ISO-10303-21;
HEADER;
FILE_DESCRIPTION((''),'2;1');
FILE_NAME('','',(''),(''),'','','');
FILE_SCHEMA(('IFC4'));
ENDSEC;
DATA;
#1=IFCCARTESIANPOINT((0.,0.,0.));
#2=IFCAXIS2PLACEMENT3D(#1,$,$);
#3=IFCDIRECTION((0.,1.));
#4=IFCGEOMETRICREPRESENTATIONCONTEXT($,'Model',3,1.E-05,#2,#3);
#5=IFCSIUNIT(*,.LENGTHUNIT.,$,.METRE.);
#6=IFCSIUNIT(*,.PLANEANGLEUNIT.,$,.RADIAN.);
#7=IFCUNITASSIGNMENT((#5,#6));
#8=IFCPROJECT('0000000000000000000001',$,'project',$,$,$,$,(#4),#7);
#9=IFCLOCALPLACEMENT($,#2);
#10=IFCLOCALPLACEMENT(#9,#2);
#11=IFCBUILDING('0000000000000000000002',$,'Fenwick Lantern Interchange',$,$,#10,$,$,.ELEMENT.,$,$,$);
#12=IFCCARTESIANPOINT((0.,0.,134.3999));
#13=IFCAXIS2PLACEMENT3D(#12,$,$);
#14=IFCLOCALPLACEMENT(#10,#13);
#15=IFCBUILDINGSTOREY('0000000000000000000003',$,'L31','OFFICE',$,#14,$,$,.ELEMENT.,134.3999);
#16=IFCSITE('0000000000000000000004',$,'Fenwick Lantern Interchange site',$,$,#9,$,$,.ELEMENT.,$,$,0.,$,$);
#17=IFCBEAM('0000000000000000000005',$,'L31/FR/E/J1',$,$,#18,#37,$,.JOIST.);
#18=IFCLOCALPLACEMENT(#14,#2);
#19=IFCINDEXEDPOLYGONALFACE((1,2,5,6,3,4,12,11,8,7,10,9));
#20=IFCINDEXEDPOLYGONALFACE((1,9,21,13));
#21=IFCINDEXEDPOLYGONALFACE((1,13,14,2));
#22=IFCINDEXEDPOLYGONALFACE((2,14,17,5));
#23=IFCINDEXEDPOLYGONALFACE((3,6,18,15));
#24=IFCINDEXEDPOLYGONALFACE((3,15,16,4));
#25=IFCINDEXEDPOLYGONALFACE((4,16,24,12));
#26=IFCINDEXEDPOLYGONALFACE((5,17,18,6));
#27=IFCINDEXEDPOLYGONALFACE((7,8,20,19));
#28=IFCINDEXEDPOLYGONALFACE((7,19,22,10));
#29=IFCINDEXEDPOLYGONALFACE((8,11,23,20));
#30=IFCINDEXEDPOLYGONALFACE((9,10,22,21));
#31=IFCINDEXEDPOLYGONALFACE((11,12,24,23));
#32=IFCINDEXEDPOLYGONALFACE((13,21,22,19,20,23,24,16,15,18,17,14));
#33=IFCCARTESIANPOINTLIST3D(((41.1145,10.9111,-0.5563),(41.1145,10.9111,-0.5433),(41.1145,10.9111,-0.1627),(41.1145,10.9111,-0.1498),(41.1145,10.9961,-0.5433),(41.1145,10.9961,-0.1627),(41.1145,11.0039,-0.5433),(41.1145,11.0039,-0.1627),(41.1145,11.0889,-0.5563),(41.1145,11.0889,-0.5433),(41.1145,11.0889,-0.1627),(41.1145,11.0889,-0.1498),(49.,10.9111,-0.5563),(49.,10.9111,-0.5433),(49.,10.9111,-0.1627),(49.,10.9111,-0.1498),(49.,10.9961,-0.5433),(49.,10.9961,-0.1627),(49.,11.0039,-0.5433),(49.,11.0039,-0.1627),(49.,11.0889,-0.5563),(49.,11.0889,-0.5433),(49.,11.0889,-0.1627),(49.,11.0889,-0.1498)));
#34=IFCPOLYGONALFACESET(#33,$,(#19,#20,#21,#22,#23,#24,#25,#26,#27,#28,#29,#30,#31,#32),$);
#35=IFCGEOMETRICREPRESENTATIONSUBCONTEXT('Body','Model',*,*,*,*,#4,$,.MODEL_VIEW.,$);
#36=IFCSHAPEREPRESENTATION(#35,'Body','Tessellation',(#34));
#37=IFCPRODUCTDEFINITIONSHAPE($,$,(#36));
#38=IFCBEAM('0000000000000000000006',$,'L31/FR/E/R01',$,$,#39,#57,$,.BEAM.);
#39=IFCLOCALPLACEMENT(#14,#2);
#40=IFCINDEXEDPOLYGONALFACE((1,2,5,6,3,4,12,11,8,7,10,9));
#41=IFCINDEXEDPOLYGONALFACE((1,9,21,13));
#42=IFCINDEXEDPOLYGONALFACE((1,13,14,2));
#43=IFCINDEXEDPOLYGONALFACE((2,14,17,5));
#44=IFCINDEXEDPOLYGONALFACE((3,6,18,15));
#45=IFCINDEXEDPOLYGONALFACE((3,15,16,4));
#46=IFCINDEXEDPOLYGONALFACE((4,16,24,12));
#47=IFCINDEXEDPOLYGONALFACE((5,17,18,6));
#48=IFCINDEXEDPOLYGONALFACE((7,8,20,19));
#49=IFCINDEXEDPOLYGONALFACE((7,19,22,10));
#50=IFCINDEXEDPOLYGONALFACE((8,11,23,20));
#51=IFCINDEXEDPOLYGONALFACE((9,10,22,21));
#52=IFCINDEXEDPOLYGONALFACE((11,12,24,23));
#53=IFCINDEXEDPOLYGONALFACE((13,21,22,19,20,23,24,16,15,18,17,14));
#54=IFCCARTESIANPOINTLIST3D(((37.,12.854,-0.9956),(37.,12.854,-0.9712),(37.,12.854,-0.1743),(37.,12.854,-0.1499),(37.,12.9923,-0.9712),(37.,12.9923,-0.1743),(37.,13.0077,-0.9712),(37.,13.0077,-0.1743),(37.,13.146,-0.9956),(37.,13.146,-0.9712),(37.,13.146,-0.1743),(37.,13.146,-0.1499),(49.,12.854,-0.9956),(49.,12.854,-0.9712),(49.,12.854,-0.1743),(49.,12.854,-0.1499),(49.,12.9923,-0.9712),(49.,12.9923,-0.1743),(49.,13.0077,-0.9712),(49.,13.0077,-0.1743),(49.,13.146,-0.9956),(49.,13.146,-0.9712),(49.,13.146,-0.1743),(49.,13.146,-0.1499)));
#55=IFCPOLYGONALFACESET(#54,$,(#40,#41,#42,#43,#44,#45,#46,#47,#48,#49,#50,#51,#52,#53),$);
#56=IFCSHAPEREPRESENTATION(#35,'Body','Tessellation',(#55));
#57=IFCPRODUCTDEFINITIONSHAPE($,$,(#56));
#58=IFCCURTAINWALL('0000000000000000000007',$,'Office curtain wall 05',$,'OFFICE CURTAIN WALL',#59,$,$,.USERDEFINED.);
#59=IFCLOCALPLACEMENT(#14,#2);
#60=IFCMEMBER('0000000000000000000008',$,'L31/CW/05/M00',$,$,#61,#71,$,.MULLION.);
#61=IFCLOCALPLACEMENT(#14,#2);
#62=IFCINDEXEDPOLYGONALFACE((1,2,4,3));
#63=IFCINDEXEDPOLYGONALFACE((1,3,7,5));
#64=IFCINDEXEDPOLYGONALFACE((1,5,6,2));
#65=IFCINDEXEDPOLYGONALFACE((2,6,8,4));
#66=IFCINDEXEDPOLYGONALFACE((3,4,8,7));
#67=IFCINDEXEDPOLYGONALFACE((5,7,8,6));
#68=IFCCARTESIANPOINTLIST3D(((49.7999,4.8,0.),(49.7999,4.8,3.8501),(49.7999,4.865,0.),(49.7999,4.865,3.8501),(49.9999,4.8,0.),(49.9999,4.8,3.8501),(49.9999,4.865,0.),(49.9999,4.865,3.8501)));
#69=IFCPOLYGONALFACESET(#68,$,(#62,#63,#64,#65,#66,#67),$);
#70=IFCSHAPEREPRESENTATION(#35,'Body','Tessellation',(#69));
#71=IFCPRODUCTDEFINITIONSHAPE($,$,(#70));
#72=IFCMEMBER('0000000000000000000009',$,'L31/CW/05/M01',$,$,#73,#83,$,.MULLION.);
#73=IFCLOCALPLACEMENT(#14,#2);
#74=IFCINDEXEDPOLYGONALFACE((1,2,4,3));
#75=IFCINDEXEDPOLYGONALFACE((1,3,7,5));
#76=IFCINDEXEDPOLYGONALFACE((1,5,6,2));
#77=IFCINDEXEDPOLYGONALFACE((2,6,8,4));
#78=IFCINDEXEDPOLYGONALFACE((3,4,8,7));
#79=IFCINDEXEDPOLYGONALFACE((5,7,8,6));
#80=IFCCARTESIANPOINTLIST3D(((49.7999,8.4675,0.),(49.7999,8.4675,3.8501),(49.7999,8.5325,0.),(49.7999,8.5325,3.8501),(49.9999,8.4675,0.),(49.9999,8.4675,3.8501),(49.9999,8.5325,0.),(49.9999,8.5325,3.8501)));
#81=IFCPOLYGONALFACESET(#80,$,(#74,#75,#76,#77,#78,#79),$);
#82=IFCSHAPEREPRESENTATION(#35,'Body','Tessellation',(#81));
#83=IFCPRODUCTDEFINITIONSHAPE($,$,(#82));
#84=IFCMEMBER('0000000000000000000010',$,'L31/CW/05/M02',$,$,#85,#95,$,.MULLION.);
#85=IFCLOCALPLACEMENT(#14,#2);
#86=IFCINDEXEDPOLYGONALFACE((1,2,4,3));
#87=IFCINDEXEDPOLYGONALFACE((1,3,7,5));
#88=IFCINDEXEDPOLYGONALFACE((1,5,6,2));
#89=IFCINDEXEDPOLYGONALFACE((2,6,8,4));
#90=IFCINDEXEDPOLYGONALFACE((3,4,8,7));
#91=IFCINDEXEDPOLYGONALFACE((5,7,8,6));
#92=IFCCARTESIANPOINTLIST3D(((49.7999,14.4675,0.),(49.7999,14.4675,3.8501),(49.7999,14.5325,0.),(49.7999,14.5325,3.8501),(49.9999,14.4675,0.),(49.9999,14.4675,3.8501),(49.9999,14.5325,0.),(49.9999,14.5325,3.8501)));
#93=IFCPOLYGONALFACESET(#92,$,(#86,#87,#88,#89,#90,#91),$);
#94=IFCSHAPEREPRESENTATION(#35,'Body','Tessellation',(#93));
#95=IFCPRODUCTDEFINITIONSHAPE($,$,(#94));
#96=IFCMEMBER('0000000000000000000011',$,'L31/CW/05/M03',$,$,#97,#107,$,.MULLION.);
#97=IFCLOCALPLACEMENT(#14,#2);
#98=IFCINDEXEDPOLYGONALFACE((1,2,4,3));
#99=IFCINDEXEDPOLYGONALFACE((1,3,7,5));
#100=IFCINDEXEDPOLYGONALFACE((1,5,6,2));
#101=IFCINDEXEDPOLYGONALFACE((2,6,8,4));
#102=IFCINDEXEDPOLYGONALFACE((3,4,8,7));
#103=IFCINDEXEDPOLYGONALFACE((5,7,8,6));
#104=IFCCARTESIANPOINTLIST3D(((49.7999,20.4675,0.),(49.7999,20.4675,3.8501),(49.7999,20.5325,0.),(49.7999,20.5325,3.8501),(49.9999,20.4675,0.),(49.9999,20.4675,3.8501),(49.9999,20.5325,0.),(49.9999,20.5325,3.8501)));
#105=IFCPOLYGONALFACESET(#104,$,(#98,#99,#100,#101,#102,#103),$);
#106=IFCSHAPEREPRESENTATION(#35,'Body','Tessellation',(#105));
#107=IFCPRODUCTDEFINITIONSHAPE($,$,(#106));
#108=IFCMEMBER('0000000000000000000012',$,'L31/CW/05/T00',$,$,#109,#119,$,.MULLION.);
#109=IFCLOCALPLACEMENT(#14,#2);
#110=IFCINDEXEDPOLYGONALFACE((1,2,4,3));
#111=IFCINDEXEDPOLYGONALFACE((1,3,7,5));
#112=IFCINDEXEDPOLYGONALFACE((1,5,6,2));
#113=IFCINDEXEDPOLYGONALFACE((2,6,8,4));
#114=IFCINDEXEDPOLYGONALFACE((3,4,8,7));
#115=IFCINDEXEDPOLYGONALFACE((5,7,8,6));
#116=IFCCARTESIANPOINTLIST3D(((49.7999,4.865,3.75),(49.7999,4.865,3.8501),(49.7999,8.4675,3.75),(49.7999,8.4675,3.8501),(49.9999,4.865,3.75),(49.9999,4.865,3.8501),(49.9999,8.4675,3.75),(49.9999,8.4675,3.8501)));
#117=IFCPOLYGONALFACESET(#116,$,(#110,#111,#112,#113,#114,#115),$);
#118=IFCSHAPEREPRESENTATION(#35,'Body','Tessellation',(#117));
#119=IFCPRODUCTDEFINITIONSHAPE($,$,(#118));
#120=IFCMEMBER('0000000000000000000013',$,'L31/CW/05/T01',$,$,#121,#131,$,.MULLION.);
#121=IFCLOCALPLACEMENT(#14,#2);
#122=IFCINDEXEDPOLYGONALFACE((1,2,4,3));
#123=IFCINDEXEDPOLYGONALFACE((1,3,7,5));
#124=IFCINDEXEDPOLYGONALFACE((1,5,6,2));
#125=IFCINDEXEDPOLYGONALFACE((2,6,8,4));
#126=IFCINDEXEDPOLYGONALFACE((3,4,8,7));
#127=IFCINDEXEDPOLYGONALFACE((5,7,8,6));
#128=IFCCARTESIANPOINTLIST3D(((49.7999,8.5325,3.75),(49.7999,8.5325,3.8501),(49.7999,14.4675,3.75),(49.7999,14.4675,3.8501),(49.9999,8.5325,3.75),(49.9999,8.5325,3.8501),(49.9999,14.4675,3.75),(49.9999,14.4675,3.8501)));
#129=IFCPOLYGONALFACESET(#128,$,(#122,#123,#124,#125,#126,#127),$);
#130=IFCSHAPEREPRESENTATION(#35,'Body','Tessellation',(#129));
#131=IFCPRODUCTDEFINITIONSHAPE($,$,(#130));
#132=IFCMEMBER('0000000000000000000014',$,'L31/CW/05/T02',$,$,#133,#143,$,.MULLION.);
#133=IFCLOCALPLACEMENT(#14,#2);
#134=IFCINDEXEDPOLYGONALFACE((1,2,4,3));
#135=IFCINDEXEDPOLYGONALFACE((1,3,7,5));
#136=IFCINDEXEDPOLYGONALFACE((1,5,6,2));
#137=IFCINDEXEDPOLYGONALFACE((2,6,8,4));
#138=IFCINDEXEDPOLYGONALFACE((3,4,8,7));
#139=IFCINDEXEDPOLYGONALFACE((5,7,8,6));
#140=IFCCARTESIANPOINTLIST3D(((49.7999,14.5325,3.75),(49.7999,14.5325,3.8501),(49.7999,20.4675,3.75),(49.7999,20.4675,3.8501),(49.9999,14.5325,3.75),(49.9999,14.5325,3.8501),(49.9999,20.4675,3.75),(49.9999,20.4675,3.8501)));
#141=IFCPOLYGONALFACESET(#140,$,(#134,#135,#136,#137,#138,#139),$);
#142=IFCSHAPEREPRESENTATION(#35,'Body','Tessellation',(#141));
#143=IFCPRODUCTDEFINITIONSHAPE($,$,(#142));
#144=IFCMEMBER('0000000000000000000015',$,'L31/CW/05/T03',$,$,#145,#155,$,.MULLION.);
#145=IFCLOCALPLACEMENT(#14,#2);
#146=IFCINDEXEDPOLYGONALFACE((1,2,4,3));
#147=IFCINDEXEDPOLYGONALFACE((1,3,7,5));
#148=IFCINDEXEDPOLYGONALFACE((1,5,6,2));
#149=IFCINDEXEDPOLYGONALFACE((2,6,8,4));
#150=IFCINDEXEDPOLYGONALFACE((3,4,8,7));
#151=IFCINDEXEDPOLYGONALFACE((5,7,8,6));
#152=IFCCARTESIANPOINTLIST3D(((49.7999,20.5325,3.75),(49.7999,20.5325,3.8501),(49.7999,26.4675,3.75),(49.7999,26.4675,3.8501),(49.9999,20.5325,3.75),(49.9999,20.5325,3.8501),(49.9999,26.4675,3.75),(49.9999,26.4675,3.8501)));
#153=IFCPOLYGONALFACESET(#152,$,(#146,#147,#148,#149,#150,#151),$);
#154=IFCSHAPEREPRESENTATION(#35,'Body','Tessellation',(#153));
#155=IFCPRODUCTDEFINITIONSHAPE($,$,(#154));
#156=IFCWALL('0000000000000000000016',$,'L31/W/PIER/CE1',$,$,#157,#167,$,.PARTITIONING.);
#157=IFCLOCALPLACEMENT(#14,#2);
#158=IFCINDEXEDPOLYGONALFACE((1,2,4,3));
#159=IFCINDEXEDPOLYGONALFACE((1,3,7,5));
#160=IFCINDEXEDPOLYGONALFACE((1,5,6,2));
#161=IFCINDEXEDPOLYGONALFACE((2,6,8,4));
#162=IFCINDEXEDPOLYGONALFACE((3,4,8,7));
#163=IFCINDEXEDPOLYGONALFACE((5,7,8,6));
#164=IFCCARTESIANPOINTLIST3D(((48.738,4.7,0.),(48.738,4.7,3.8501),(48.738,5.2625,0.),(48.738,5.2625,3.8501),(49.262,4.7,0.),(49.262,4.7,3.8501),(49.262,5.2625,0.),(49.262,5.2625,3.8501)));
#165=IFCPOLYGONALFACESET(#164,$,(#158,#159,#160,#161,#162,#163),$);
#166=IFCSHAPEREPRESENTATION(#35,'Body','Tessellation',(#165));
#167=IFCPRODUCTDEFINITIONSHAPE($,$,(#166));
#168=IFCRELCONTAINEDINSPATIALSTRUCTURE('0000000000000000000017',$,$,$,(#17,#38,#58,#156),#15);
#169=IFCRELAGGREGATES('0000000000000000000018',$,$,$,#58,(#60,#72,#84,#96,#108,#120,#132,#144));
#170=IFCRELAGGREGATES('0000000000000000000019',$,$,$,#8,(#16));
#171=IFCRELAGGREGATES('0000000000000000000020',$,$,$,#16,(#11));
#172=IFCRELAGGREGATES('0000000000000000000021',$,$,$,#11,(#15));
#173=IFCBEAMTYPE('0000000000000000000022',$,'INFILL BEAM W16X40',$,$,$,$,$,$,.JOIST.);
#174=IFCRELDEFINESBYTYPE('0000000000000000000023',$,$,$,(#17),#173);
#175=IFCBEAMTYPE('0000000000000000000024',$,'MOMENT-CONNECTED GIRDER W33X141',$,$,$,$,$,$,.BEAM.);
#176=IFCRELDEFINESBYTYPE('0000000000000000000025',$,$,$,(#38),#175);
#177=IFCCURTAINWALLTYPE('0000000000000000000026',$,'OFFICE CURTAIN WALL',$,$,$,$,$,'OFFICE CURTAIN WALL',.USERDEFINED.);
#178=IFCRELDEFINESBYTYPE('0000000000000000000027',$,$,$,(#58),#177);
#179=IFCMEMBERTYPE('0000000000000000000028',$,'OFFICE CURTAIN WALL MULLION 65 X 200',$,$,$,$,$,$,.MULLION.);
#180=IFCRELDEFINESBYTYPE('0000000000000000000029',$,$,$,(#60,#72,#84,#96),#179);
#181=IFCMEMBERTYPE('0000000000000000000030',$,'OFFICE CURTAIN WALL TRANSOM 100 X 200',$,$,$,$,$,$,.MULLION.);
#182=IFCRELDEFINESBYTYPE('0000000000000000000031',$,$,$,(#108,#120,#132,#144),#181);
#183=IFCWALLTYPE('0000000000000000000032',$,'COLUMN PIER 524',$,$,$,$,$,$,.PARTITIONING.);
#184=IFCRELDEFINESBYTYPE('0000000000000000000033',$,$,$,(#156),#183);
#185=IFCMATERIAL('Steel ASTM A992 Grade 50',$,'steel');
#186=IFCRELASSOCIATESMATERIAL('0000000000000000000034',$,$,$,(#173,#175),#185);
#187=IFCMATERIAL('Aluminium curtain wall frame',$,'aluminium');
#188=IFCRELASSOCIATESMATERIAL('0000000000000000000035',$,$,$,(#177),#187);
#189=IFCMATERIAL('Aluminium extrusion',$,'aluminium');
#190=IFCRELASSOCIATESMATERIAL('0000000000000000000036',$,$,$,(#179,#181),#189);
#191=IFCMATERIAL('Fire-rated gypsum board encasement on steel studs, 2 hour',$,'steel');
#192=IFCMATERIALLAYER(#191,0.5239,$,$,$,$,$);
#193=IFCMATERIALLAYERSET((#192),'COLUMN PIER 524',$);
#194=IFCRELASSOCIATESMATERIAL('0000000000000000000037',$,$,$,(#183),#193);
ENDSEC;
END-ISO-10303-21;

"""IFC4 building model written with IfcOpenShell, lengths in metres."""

from ifc_helpers import new_model, si_unit, direction, frame, frame_2d, origin, origin_2d, place, context, subcontext, project, spatial, rectangle, i_section, extrude, material, layer, layer_set, material_profile, profile_set, type_object, element, aggregate, save


model = new_model("IFC4")

# Units and contexts
model_context = context("Model", 3, precision=1e-05, world=origin(), true_north=direction((0.0, 1.0)))
body_context = subcontext(model_context, "Body", "Model", "MODEL_VIEW")
ifc_project = project(units=[si_unit("LENGTHUNIT", "METRE"), si_unit("PLANEANGLEUNIT", "RADIAN")], contexts=[model_context])

# Site, building, storey
site_placement = place(None, origin())
site = spatial("IfcSite", under=ifc_project, at=site_placement, Name="Fenwick Lantern Interchange site", CompositionType="ELEMENT", RefElevation=0.0)
building_placement = place(site_placement, origin())
building = spatial("IfcBuilding", under=site, at=building_placement, Name="Fenwick Lantern Interchange", CompositionType="ELEMENT")
storey_placement = place(building_placement, frame((0.0, 0.0, 134.3999)))
storey = spatial("IfcBuildingStorey", under=building, at=storey_placement, Name="L31", Description="OFFICE", CompositionType="ELEMENT", Elevation=134.3999)

# Shared definitions
ifc_material_1 = material(Name="Steel ASTM A992 Grade 50", Category="steel")

# Beams
ifc_material_profile_1 = material_profile(ifc_material_1, i_section(OverallWidth=0.1777, OverallDepth=0.4065, WebThickness=0.0078, FlangeThickness=0.0129, at=origin_2d()), Name="W16X40")
ifc_profile_set_1 = profile_set([ifc_material_profile_1], Name="Steel ASTM A992 Grade 50")
beam_type_1 = type_object("IfcBeamType", Name="INFILL BEAM W16X40", PredefinedType="JOIST", material=ifc_profile_set_1)
beam_1_placement = place(storey_placement, frame((49.0, 11.0, -0.353), z_axis=(-1.0, 0.0, 0.0), x_axis=(0.0, -1.0, 0.0)))
element("IfcBeam", 1, at=beam_1_placement, inside=storey, type_object=beam_type_1, Name="L31/FR/E/J1", PredefinedType="JOIST", context=body_context, shape_type="SweptSolid", body=[
    extrude(i_section(OverallWidth=0.1777, OverallDepth=0.4065, WebThickness=0.0078, FlangeThickness=0.0129, at=origin_2d()), origin(), (0.0, 0.0, 1.0), 7.8855),
])
ifc_material_profile_2 = material_profile(ifc_material_1, i_section(OverallWidth=0.292, OverallDepth=0.8457, WebThickness=0.0154, FlangeThickness=0.0244, at=origin_2d()), Name="W33X141")
ifc_profile_set_2 = profile_set([ifc_material_profile_2], Name="Steel ASTM A992 Grade 50")
beam_type_2 = type_object("IfcBeamType", Name="MOMENT-CONNECTED GIRDER W33X141", PredefinedType="BEAM", material=ifc_profile_set_2)
beam_2_placement = place(storey_placement, frame((49.0, 13.0, -0.5728), z_axis=(-1.0, 0.0, 0.0), x_axis=(0.0, -1.0, 0.0)))
element("IfcBeam", 2, at=beam_2_placement, inside=storey, type_object=beam_type_2, Name="L31/FR/E/R01", PredefinedType="BEAM", context=body_context, shape_type="SweptSolid", body=[
    extrude(i_section(OverallWidth=0.292, OverallDepth=0.8457, WebThickness=0.0154, FlangeThickness=0.0244, at=origin_2d()), origin(), (0.0, 0.0, 1.0), 12.0),
])

# Curtain wall, members
ifc_material_2 = material(Name="Aluminium curtain wall frame", Category="aluminium")
curtain_wall_type = type_object("IfcCurtainWallType", Name="OFFICE CURTAIN WALL", ElementType="OFFICE CURTAIN WALL", PredefinedType="USERDEFINED", material=ifc_material_2)
curtain_wall_placement = place(storey_placement, origin())
curtain_wall = element("IfcCurtainWall", 3, at=curtain_wall_placement, inside=storey, type_object=curtain_wall_type, Name="Office curtain wall 05", ObjectType="OFFICE CURTAIN WALL", PredefinedType="USERDEFINED")
ifc_material_3 = material(Name="Aluminium extrusion", Category="aluminium")
ifc_material_profile_3 = material_profile(ifc_material_3, rectangle(XDim=0.2, YDim=0.0649, at=origin_2d()), Name="OFFICE CURTAIN WALL MULLION 65 X 200")
ifc_profile_set_3 = profile_set([ifc_material_profile_3], Name="Aluminium extrusion")
member_type_1 = type_object("IfcMemberType", Name="OFFICE CURTAIN WALL MULLION 65 X 200", PredefinedType="MULLION", material=ifc_profile_set_3)
member_1_placement = place(storey_placement, frame((49.8999, 4.8325, 0.0), z_axis=(0.0, 0.0, 1.0), x_axis=(-1.0, 0.0, 0.0)))
member_1 = element("IfcMember", 4, at=member_1_placement, type_object=member_type_1, Name="L31/CW/05/M00", PredefinedType="MULLION", context=body_context, shape_type="SweptSolid", body=[
    extrude(rectangle(XDim=0.2, YDim=0.0649, at=origin_2d()), origin(), (0.0, 0.0, 1.0), 3.8501),
])
member_2_placement = place(storey_placement, frame((49.8999, 8.5, 0.0), z_axis=(0.0, 0.0, 1.0), x_axis=(-1.0, 0.0, 0.0)))
member_2 = element("IfcMember", 5, at=member_2_placement, type_object=member_type_1, Name="L31/CW/05/M01", PredefinedType="MULLION", context=body_context, shape_type="SweptSolid", body=[
    extrude(rectangle(XDim=0.2, YDim=0.0649, at=origin_2d()), origin(), (0.0, 0.0, 1.0), 3.8501),
])
member_3_placement = place(storey_placement, frame((49.8999, 14.5, 0.0), z_axis=(0.0, 0.0, 1.0), x_axis=(-1.0, 0.0, 0.0)))
member_3 = element("IfcMember", 6, at=member_3_placement, type_object=member_type_1, Name="L31/CW/05/M02", PredefinedType="MULLION", context=body_context, shape_type="SweptSolid", body=[
    extrude(rectangle(XDim=0.2, YDim=0.0649, at=origin_2d()), origin(), (0.0, 0.0, 1.0), 3.8501),
])
member_4_placement = place(storey_placement, frame((49.8999, 20.5, 0.0), z_axis=(0.0, 0.0, 1.0), x_axis=(-1.0, 0.0, 0.0)))
member_4 = element("IfcMember", 7, at=member_4_placement, type_object=member_type_1, Name="L31/CW/05/M03", PredefinedType="MULLION", context=body_context, shape_type="SweptSolid", body=[
    extrude(rectangle(XDim=0.2, YDim=0.0649, at=origin_2d()), origin(), (0.0, 0.0, 1.0), 3.8501),
])
ifc_material_profile_4 = material_profile(ifc_material_3, rectangle(XDim=0.2, YDim=0.1001, at=origin_2d()), Name="OFFICE CURTAIN WALL TRANSOM 100 X 200")
ifc_profile_set_4 = profile_set([ifc_material_profile_4], Name="Aluminium extrusion")
member_type_2 = type_object("IfcMemberType", Name="OFFICE CURTAIN WALL TRANSOM 100 X 200", PredefinedType="MULLION", material=ifc_profile_set_4)
member_5_placement = place(storey_placement, frame((49.8999, 4.865, 3.8), z_axis=(0.0, 1.0, 0.0), x_axis=(-1.0, 0.0, 0.0)))
member_5 = element("IfcMember", 8, at=member_5_placement, type_object=member_type_2, Name="L31/CW/05/T00", PredefinedType="MULLION", context=body_context, shape_type="SweptSolid", body=[
    extrude(rectangle(XDim=0.2, YDim=0.1001, at=origin_2d()), origin(), (0.0, 0.0, 1.0), 3.6025),
])
member_6_placement = place(storey_placement, frame((49.8999, 8.5325, 3.8), z_axis=(0.0, 1.0, 0.0), x_axis=(-1.0, 0.0, 0.0)))
member_6 = element("IfcMember", 9, at=member_6_placement, type_object=member_type_2, Name="L31/CW/05/T01", PredefinedType="MULLION", context=body_context, shape_type="SweptSolid", body=[
    extrude(rectangle(XDim=0.2, YDim=0.1001, at=origin_2d()), origin(), (0.0, 0.0, 1.0), 5.9351),
])
member_7_placement = place(storey_placement, frame((49.8999, 14.5325, 3.8), z_axis=(0.0, 1.0, 0.0), x_axis=(-1.0, 0.0, 0.0)))
member_7 = element("IfcMember", 10, at=member_7_placement, type_object=member_type_2, Name="L31/CW/05/T02", PredefinedType="MULLION", context=body_context, shape_type="SweptSolid", body=[
    extrude(rectangle(XDim=0.2, YDim=0.1001, at=origin_2d()), origin(), (0.0, 0.0, 1.0), 5.9351),
])
member_8_placement = place(storey_placement, frame((49.8999, 20.5325, 3.8), z_axis=(0.0, 1.0, 0.0), x_axis=(-1.0, 0.0, 0.0)))
member_8 = element("IfcMember", 11, at=member_8_placement, type_object=member_type_2, Name="L31/CW/05/T03", PredefinedType="MULLION", context=body_context, shape_type="SweptSolid", body=[
    extrude(rectangle(XDim=0.2, YDim=0.1001, at=origin_2d()), origin(), (0.0, 0.0, 1.0), 5.9351),
])
aggregate(curtain_wall, [member_1, member_2, member_3, member_4, member_5, member_6, member_7, member_8])

# Wall
ifc_material_4 = material(Name="Fire-rated gypsum board encasement on steel studs, 2 hour", Category="steel")
ifc_layer_1 = layer(ifc_material_4, 0.5239)
ifc_layer_set_1 = layer_set([ifc_layer_1], Name="COLUMN PIER 524")
wall_type_1 = type_object("IfcWallType", Name="COLUMN PIER 524", PredefinedType="PARTITIONING", material=ifc_layer_set_1)
wall_1_placement = place(storey_placement, frame((49.0, 4.7, 0.0), z_axis=(0.0, 0.0, 1.0), x_axis=(0.0, 1.0, 0.0)))
element("IfcWall", 12, at=wall_1_placement, inside=storey, type_object=wall_type_1, Name="L31/W/PIER/CE1", PredefinedType="PARTITIONING", context=body_context, shape_type="SweptSolid", body=[
    extrude(rectangle(XDim=0.5625, YDim=0.5239, at=frame_2d((0.2812, 0.0))), origin(), (0.0, 0.0, 1.0), 3.8501),
])

save(model, "model.ifc")
